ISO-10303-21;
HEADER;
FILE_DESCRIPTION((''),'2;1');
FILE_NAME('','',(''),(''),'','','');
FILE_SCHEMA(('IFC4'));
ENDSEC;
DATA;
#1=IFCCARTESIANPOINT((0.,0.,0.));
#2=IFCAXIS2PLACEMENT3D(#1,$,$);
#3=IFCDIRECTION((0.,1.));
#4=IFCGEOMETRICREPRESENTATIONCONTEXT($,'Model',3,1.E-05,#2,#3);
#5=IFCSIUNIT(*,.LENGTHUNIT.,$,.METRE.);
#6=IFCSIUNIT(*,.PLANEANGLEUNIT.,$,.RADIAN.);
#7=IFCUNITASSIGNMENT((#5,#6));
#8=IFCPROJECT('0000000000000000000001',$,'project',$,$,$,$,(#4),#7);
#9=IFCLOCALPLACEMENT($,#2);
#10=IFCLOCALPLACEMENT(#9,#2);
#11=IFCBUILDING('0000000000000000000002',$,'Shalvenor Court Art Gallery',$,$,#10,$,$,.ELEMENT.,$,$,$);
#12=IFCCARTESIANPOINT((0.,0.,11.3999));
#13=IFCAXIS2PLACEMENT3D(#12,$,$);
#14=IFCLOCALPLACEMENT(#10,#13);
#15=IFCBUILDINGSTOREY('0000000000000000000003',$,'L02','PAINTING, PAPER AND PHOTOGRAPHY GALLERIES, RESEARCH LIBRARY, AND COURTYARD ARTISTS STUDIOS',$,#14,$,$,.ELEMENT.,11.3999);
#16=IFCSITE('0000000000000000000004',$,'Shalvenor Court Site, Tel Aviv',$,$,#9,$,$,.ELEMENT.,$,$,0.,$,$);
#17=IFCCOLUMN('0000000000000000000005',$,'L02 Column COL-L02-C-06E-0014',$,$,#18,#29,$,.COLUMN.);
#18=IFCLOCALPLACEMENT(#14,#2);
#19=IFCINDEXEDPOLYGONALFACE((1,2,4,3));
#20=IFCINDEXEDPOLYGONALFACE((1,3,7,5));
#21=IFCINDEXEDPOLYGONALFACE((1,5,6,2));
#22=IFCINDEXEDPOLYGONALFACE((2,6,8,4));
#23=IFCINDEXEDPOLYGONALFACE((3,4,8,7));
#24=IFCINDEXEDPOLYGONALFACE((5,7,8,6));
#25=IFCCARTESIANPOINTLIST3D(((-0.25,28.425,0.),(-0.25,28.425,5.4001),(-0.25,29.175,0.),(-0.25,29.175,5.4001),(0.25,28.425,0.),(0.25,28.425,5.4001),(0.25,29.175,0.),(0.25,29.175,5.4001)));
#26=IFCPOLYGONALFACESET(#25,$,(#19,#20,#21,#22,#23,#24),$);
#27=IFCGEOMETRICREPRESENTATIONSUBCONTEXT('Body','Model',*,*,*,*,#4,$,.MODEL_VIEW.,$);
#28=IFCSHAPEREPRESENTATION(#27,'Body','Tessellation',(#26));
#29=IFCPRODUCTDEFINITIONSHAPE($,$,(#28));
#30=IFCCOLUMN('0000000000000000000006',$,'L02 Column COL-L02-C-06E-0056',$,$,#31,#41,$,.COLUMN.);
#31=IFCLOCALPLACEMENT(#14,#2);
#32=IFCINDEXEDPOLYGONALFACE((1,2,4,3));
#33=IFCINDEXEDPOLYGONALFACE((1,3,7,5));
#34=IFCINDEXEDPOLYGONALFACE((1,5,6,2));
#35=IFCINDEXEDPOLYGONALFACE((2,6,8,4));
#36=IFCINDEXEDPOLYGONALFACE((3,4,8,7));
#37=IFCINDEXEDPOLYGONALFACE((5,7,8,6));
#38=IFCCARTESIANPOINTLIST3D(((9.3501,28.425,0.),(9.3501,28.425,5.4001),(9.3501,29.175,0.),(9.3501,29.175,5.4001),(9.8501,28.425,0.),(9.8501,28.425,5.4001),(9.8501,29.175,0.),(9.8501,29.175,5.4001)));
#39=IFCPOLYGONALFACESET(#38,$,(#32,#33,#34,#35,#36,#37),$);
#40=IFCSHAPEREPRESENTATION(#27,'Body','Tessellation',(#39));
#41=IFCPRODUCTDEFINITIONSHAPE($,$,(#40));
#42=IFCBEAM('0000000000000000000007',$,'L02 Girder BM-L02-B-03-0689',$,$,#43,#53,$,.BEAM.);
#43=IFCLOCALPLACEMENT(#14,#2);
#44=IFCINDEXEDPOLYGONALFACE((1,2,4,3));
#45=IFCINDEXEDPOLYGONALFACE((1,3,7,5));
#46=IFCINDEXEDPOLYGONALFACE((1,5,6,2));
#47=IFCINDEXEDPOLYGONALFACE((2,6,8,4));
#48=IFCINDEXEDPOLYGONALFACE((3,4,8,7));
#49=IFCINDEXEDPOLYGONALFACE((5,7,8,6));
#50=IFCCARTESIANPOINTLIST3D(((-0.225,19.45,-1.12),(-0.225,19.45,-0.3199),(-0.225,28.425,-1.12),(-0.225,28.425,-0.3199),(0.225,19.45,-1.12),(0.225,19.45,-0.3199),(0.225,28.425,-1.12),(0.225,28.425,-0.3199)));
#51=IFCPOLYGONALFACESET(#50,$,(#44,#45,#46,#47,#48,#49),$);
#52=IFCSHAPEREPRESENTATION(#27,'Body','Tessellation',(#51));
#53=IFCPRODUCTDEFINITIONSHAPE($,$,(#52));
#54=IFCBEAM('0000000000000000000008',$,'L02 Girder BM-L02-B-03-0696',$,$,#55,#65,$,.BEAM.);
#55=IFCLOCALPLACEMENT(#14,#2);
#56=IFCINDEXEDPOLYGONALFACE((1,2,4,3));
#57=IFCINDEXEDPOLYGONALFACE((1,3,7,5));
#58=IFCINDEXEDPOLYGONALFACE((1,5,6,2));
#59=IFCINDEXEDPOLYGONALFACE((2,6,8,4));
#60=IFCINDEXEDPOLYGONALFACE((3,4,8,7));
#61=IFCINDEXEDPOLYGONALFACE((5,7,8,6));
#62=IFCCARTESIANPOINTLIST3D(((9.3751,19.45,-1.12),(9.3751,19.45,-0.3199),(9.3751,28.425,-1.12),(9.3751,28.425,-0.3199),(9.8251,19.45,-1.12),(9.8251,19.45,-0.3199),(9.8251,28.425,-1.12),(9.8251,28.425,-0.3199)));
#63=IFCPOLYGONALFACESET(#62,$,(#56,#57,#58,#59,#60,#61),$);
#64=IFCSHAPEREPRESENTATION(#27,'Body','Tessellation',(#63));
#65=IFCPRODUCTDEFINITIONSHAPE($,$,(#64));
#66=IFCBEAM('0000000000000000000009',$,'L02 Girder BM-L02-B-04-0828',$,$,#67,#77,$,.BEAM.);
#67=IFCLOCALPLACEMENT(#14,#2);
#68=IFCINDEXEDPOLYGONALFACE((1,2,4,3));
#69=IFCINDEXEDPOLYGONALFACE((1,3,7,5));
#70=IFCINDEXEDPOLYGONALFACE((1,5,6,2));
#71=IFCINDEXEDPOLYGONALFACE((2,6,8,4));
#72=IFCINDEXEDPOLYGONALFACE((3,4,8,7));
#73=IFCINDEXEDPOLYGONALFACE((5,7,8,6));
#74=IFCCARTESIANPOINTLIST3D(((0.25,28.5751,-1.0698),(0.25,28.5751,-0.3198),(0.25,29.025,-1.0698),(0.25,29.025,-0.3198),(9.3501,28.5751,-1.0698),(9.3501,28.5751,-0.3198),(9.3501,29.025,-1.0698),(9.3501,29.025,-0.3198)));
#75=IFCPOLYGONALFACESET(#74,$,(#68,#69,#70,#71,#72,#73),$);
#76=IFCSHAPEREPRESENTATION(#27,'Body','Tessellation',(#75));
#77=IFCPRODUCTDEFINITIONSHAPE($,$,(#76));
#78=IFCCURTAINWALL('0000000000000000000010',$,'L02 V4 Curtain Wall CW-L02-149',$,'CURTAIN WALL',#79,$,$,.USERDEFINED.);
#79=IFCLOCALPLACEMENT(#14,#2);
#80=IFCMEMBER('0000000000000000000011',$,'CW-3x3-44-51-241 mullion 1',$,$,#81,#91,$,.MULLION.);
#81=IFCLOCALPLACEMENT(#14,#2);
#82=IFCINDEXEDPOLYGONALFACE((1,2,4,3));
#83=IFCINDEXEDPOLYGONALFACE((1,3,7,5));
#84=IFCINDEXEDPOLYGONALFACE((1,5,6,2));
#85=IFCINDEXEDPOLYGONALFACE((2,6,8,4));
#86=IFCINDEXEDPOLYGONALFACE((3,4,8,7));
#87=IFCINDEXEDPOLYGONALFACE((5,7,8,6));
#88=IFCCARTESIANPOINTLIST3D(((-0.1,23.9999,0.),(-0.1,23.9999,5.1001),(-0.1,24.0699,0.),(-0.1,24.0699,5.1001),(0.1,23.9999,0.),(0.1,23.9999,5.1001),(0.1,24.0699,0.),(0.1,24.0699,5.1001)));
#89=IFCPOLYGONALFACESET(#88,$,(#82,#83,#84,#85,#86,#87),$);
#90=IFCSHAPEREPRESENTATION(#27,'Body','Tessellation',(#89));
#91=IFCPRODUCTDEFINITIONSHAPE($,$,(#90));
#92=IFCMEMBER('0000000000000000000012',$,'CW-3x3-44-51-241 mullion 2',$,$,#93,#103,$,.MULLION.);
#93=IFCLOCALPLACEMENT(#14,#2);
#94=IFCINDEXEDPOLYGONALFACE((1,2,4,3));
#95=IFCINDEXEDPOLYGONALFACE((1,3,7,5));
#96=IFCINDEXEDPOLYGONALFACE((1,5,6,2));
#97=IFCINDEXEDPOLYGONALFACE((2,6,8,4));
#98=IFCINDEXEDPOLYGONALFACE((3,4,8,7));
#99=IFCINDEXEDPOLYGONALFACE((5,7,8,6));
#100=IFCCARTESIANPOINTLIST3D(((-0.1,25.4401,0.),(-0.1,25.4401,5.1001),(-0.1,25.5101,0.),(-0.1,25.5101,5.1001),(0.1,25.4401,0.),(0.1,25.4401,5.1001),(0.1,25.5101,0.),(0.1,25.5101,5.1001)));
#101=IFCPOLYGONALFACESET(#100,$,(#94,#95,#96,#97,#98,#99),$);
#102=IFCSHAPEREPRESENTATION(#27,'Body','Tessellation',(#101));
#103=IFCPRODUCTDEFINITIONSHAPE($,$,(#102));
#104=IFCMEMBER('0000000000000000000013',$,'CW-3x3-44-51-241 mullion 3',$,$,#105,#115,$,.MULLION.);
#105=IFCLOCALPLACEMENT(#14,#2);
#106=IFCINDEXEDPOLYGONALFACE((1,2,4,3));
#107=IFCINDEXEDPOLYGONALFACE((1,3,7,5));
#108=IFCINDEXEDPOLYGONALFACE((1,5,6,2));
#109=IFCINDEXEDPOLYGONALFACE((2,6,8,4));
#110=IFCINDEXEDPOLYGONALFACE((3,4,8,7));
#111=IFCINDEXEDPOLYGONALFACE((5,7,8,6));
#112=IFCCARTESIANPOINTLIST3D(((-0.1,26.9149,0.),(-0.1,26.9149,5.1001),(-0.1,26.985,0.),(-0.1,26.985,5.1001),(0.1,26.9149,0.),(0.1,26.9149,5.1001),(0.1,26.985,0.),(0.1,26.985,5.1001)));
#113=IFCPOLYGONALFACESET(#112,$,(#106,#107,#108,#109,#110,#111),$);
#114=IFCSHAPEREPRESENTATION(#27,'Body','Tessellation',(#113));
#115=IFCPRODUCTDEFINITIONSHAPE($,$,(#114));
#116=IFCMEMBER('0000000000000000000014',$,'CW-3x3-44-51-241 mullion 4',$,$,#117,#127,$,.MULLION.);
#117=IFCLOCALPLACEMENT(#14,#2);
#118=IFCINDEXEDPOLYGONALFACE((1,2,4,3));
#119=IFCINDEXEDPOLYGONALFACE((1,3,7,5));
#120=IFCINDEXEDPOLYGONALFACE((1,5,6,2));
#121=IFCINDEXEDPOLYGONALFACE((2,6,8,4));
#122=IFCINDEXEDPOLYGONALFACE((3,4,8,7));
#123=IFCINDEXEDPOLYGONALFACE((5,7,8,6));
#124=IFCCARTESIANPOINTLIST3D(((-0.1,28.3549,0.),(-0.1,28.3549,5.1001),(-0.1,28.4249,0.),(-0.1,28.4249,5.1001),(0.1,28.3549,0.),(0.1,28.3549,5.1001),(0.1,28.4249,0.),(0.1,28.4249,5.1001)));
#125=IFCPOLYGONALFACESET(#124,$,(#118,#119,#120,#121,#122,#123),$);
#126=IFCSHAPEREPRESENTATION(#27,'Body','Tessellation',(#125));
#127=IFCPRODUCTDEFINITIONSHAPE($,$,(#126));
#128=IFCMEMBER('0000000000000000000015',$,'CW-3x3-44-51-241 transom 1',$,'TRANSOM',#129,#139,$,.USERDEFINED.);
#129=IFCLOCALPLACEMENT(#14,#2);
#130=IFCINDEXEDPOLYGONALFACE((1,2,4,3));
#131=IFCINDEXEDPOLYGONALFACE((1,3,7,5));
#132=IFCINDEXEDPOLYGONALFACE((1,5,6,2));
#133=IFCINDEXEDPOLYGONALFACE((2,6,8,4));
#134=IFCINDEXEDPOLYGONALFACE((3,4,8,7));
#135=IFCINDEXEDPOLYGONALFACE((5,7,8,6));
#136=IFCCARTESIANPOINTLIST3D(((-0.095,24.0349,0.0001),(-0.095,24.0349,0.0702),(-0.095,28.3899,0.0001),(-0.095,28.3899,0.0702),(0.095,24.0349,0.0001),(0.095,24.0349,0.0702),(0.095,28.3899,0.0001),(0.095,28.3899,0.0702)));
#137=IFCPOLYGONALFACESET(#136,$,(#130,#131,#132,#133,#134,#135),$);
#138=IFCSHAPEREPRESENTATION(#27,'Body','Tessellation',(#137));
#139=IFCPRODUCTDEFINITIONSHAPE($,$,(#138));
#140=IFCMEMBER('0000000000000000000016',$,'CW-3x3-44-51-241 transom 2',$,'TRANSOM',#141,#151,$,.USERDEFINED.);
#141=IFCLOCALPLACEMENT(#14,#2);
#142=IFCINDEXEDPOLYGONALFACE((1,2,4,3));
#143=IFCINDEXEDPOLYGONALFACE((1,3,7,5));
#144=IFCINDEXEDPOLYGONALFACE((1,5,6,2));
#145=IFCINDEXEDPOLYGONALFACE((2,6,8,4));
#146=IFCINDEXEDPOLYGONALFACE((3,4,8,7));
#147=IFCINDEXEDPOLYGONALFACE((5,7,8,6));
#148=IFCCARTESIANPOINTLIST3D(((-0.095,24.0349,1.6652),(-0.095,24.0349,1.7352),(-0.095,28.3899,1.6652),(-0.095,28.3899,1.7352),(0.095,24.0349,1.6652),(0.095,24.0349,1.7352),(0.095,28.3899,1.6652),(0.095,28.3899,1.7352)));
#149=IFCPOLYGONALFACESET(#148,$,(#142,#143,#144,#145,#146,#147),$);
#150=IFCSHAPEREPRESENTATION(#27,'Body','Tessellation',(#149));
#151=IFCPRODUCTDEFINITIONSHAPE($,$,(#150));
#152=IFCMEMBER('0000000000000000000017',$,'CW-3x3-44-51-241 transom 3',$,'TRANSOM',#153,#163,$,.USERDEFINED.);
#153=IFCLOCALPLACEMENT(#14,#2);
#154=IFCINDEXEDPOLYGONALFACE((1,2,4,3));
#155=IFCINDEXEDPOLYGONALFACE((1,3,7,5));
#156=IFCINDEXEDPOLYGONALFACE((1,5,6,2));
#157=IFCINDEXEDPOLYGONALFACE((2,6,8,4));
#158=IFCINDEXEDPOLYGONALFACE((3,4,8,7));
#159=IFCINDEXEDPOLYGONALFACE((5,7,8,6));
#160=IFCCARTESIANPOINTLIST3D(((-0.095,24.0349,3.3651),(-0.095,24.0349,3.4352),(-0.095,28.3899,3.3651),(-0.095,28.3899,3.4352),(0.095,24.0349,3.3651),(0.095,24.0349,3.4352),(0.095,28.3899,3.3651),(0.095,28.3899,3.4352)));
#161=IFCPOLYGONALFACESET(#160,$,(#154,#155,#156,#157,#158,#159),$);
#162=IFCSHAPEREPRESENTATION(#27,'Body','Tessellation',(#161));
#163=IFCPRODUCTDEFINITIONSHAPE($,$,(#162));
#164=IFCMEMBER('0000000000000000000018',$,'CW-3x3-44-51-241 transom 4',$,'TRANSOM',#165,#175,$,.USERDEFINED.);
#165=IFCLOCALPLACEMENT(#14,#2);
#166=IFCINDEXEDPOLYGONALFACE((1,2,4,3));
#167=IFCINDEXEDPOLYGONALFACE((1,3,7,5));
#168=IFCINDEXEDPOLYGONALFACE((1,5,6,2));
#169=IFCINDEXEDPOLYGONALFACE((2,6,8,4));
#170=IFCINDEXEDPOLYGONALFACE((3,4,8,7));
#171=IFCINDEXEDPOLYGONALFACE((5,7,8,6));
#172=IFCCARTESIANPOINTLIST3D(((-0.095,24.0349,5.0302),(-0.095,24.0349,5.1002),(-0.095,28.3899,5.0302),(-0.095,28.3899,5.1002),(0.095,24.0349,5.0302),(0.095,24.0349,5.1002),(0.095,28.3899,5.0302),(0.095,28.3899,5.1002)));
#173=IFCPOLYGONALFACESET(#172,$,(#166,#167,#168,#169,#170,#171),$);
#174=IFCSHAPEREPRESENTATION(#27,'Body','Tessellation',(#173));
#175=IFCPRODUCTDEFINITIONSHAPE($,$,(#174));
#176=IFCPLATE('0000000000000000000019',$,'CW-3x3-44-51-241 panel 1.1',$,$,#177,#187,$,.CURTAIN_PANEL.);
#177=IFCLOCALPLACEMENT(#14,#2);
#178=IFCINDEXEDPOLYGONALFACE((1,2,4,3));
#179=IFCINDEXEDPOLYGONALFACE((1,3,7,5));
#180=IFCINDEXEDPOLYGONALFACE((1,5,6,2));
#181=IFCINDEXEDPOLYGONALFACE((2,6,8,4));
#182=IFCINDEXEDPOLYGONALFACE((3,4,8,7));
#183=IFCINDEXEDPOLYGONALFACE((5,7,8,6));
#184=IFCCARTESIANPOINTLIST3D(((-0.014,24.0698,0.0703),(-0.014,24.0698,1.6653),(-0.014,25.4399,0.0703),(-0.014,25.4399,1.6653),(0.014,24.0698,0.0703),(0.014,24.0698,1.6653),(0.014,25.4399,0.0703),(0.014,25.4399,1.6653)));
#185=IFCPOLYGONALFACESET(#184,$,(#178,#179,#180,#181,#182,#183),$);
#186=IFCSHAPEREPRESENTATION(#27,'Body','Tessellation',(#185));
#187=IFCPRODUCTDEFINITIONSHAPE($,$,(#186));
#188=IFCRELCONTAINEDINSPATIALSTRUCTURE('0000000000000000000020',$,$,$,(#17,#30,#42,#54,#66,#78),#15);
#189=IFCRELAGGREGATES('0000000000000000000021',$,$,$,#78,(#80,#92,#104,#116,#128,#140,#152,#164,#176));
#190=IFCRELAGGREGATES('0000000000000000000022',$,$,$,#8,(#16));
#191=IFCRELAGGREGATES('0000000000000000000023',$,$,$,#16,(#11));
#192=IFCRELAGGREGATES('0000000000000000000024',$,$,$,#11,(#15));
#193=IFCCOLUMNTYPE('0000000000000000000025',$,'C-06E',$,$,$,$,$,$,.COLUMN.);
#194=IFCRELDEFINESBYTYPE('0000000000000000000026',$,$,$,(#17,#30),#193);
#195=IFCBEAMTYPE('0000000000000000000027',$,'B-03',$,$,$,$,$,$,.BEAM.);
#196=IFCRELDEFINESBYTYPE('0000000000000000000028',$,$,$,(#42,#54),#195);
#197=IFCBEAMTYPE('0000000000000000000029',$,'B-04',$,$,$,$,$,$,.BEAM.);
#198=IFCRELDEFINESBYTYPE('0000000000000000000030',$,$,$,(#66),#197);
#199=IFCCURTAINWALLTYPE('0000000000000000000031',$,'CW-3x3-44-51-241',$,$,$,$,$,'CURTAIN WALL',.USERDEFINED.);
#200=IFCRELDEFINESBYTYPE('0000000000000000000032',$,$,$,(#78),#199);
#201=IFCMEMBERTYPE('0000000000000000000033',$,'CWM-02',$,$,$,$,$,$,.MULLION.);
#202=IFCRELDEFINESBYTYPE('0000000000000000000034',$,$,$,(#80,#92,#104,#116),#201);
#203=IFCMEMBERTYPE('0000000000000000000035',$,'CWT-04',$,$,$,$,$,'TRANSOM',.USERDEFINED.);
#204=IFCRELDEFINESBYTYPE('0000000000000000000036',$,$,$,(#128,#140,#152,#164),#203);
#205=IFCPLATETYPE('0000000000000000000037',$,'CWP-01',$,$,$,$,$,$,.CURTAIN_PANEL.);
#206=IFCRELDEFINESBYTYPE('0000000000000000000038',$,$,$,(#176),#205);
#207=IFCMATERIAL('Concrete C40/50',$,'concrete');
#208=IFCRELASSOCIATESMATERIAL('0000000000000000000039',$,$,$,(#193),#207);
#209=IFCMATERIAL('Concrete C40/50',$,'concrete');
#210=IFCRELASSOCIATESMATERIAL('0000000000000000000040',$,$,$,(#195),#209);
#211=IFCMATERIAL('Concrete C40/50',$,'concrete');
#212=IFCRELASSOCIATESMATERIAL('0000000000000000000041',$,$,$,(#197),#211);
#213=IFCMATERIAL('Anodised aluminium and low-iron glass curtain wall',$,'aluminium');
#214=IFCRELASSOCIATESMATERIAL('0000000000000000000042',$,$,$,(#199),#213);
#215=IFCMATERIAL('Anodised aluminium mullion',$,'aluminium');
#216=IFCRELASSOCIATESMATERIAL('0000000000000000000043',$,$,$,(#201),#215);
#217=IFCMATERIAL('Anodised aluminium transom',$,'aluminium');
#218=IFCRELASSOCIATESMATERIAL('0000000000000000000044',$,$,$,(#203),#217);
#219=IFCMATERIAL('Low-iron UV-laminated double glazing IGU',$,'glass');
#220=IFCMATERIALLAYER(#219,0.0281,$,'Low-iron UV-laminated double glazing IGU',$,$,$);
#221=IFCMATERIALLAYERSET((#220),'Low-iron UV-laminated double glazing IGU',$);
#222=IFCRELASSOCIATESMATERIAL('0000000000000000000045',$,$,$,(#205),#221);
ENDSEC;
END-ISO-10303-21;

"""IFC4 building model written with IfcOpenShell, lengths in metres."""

from ifc_helpers import new_model, si_unit, direction, frame, origin, origin_2d, place, context, subcontext, project, spatial, rectangle, extrude, material, layer, layer_set, material_profile, profile_set, type_object, element, aggregate, save


model = new_model("IFC4")

# Units and contexts
model_context = context("Model", 3, precision=1e-05, world=origin(), true_north=direction((0.0, 1.0)))
body_context = subcontext(model_context, "Body", "Model", "MODEL_VIEW")
ifc_project = project(units=[si_unit("LENGTHUNIT", "METRE"), si_unit("PLANEANGLEUNIT", "RADIAN")], contexts=[model_context])

# Site, building, storey
site_placement = place(None, origin())
site = spatial("IfcSite", under=ifc_project, at=site_placement, Name="Shalvenor Court Site, Tel Aviv", CompositionType="ELEMENT", RefElevation=0.0)
building_placement = place(site_placement, origin())
building = spatial("IfcBuilding", under=site, at=building_placement, Name="Shalvenor Court Art Gallery", CompositionType="ELEMENT")
storey_placement = place(building_placement, frame((0.0, 0.0, 11.3999)))
storey = spatial("IfcBuildingStorey", under=building, at=storey_placement, Name="L02", Description="PAINTING, PAPER AND PHOTOGRAPHY GALLERIES, RESEARCH LIBRARY, AND COURTYARD ARTISTS STUDIOS", CompositionType="ELEMENT", Elevation=11.3999)

# Columns
ifc_material_1 = material(Name="Concrete C40/50", Category="concrete")
ifc_material_profile_1 = material_profile(ifc_material_1, rectangle(XDim=0.5, YDim=0.75, at=origin_2d()), Name="RC 500x750")
ifc_profile_set_1 = profile_set([ifc_material_profile_1], Name="Concrete C40/50")
column_type = type_object("IfcColumnType", Name="C-06E", PredefinedType="COLUMN", material=ifc_profile_set_1)
for number, where, z_axis, x_axis, name in (
    (1, (0.0, 28.8, 0.0), (0.0, 0.0, 1.0), (1.0, 0.0, 0.0), "L02 Column COL-L02-C-06E-0014"),
    (2, (9.6001, 28.8, 0.0), (0.0, 0.0, 1.0), (1.0, 0.0, 0.0), "L02 Column COL-L02-C-06E-0056"),
):
    element("IfcColumn", number, at=place(storey_placement, frame(where, z_axis=z_axis, x_axis=x_axis)), inside=storey, type_object=column_type, Name=name, PredefinedType="COLUMN", context=body_context, shape_type="SweptSolid", body=[
        extrude(rectangle(XDim=0.5, YDim=0.75, at=origin_2d()), origin(), (0.0, 0.0, 1.0), 5.4001),
    ])

# Beams
ifc_material_2 = material(Name="Concrete C40/50", Category="concrete")
ifc_material_profile_2 = material_profile(ifc_material_2, rectangle(XDim=0.45, YDim=0.8, at=origin_2d()), Name="RC 450x800")
ifc_profile_set_2 = profile_set([ifc_material_profile_2], Name="Concrete C40/50")
beam_type_1 = type_object("IfcBeamType", Name="B-03", PredefinedType="BEAM", material=ifc_profile_set_2)
for number, where, z_axis, x_axis, name in (
    (3, (0.0, 19.45, -0.72), (0.0, 1.0, 0.0), (-1.0, 0.0, 0.0), "L02 Girder BM-L02-B-03-0689"),
    (4, (9.6001, 19.45, -0.72), (0.0, 1.0, 0.0), (-1.0, 0.0, 0.0), "L02 Girder BM-L02-B-03-0696"),
):
    element("IfcBeam", number, at=place(storey_placement, frame(where, z_axis=z_axis, x_axis=x_axis)), inside=storey, type_object=beam_type_1, Name=name, PredefinedType="BEAM", context=body_context, shape_type="SweptSolid", body=[
        extrude(rectangle(XDim=0.45, YDim=0.8, at=origin_2d()), origin(), (0.0, 0.0, 1.0), 8.9751),
    ])
ifc_material_3 = material(Name="Concrete C40/50", Category="concrete")
ifc_material_profile_3 = material_profile(ifc_material_3, rectangle(XDim=0.45, YDim=0.75, at=origin_2d()), Name="RC 450x750")
ifc_profile_set_3 = profile_set([ifc_material_profile_3], Name="Concrete C40/50")
beam_type_2 = type_object("IfcBeamType", Name="B-04", PredefinedType="BEAM", material=ifc_profile_set_3)
beam_placement = place(storey_placement, frame((0.25, 28.8, -0.6948), z_axis=(1.0, 0.0, 0.0), x_axis=(0.0, 1.0, 0.0)))
element("IfcBeam", 5, at=beam_placement, inside=storey, type_object=beam_type_2, Name="L02 Girder BM-L02-B-04-0828", PredefinedType="BEAM", context=body_context, shape_type="SweptSolid", body=[
    extrude(rectangle(XDim=0.45, YDim=0.75, at=origin_2d()), origin(), (0.0, 0.0, 1.0), 9.1001),
])

# Curtain wall, members, plate
ifc_material_4 = material(Name="Anodised aluminium and low-iron glass curtain wall", Category="aluminium")
curtain_wall_type = type_object("IfcCurtainWallType", Name="CW-3x3-44-51-241", ElementType="CURTAIN WALL", PredefinedType="USERDEFINED", material=ifc_material_4)
curtain_wall_placement = place(storey_placement, origin())
curtain_wall = element("IfcCurtainWall", 6, at=curtain_wall_placement, inside=storey, type_object=curtain_wall_type, Name="L02 V4 Curtain Wall CW-L02-149", ObjectType="CURTAIN WALL", PredefinedType="USERDEFINED")
ifc_material_5 = material(Name="Anodised aluminium mullion", Category="aluminium")
ifc_material_profile_4 = material_profile(ifc_material_5, rectangle(XDim=0.0701, YDim=0.2, at=origin_2d()), Name="CWM-02")
ifc_profile_set_4 = profile_set([ifc_material_profile_4], Name="Anodised aluminium mullion")
member_type_1 = type_object("IfcMemberType", Name="CWM-02", PredefinedType="MULLION", material=ifc_profile_set_4)
member_1_placement = place(storey_placement, frame((0.0, 24.0349, 0.0), z_axis=(0.0, 0.0, 1.0), x_axis=(0.0, 1.0, 0.0)))
member_1 = element("IfcMember", 7, at=member_1_placement, type_object=member_type_1, Name="CW-3x3-44-51-241 mullion 1", PredefinedType="MULLION", context=body_context, shape_type="SweptSolid", body=[
    extrude(rectangle(XDim=0.0701, YDim=0.2, at=origin_2d()), origin(), (0.0, 0.0, 1.0), 5.1001),
])
member_2_placement = place(storey_placement, frame((0.0, 25.4751, 0.0), z_axis=(0.0, 0.0, 1.0), x_axis=(0.0, 1.0, 0.0)))
member_2 = element("IfcMember", 8, at=member_2_placement, type_object=member_type_1, Name="CW-3x3-44-51-241 mullion 2", PredefinedType="MULLION", context=body_context, shape_type="SweptSolid", body=[
    extrude(rectangle(XDim=0.0701, YDim=0.2, at=origin_2d()), origin(), (0.0, 0.0, 1.0), 5.1001),
])
member_3_placement = place(storey_placement, frame((0.0, 26.95, 0.0), z_axis=(0.0, 0.0, 1.0), x_axis=(0.0, 1.0, 0.0)))
member_3 = element("IfcMember", 9, at=member_3_placement, type_object=member_type_1, Name="CW-3x3-44-51-241 mullion 3", PredefinedType="MULLION", context=body_context, shape_type="SweptSolid", body=[
    extrude(rectangle(XDim=0.0701, YDim=0.2, at=origin_2d()), origin(), (0.0, 0.0, 1.0), 5.1001),
])
member_4_placement = place(storey_placement, frame((0.0, 28.3899, 0.0), z_axis=(0.0, 0.0, 1.0), x_axis=(0.0, 1.0, 0.0)))
member_4 = element("IfcMember", 10, at=member_4_placement, type_object=member_type_1, Name="CW-3x3-44-51-241 mullion 4", PredefinedType="MULLION", context=body_context, shape_type="SweptSolid", body=[
    extrude(rectangle(XDim=0.0701, YDim=0.2, at=origin_2d()), origin(), (0.0, 0.0, 1.0), 5.1001),
])
ifc_material_6 = material(Name="Anodised aluminium transom", Category="aluminium")
ifc_material_profile_5 = material_profile(ifc_material_6, rectangle(XDim=0.1899, YDim=0.0701, at=origin_2d()), Name="CWT-04")
ifc_profile_set_5 = profile_set([ifc_material_profile_5], Name="Anodised aluminium transom")
member_type_2 = type_object("IfcMemberType", Name="CWT-04", ElementType="TRANSOM", PredefinedType="USERDEFINED", material=ifc_profile_set_5)
member_5_placement = place(storey_placement, frame((0.0, 24.0349, 0.0352), z_axis=(0.0, 1.0, 0.0), x_axis=(-1.0, 0.0, 0.0)))
member_5 = element("IfcMember", 11, at=member_5_placement, type_object=member_type_2, Name="CW-3x3-44-51-241 transom 1", ObjectType="TRANSOM", PredefinedType="USERDEFINED", context=body_context, shape_type="SweptSolid", body=[
    extrude(rectangle(XDim=0.1899, YDim=0.0701, at=origin_2d()), origin(), (0.0, 0.0, 1.0), 4.355),
])
member_6_placement = place(storey_placement, frame((0.0, 24.0349, 1.7002), z_axis=(0.0, 1.0, 0.0), x_axis=(-1.0, 0.0, 0.0)))
member_6 = element("IfcMember", 12, at=member_6_placement, type_object=member_type_2, Name="CW-3x3-44-51-241 transom 2", ObjectType="TRANSOM", PredefinedType="USERDEFINED", context=body_context, shape_type="SweptSolid", body=[
    extrude(rectangle(XDim=0.1899, YDim=0.0701, at=origin_2d()), origin(), (0.0, 0.0, 1.0), 4.355),
])
member_7_placement = place(storey_placement, frame((0.0, 24.0349, 3.4001), z_axis=(0.0, 1.0, 0.0), x_axis=(-1.0, 0.0, 0.0)))
member_7 = element("IfcMember", 13, at=member_7_placement, type_object=member_type_2, Name="CW-3x3-44-51-241 transom 3", ObjectType="TRANSOM", PredefinedType="USERDEFINED", context=body_context, shape_type="SweptSolid", body=[
    extrude(rectangle(XDim=0.1899, YDim=0.0701, at=origin_2d()), origin(), (0.0, 0.0, 1.0), 4.355),
])
member_8_placement = place(storey_placement, frame((0.0, 24.0349, 5.0652), z_axis=(0.0, 1.0, 0.0), x_axis=(-1.0, 0.0, 0.0)))
member_8 = element("IfcMember", 14, at=member_8_placement, type_object=member_type_2, Name="CW-3x3-44-51-241 transom 4", ObjectType="TRANSOM", PredefinedType="USERDEFINED", context=body_context, shape_type="SweptSolid", body=[
    extrude(rectangle(XDim=0.1899, YDim=0.0701, at=origin_2d()), origin(), (0.0, 0.0, 1.0), 4.355),
])
ifc_material_7 = material(Name="Low-iron UV-laminated double glazing IGU", Category="glass")
ifc_layer_1 = layer(ifc_material_7, 0.0281, Name="Low-iron UV-laminated double glazing IGU")
ifc_layer_set_1 = layer_set([ifc_layer_1], Name="Low-iron UV-laminated double glazing IGU")
plate_type_1 = type_object("IfcPlateType", Name="CWP-01", PredefinedType="CURTAIN_PANEL", material=ifc_layer_set_1)
plate_1_placement = place(storey_placement, frame((0.0, 24.7549, 0.0703), z_axis=(0.0, 0.0, 1.0), x_axis=(0.0, 1.0, 0.0)))
plate_1 = element("IfcPlate", 15, at=plate_1_placement, type_object=plate_type_1, Name="CW-3x3-44-51-241 panel 1.1", PredefinedType="CURTAIN_PANEL", context=body_context, shape_type="SweptSolid", body=[
    extrude(rectangle(XDim=1.3701, YDim=0.0281, at=origin_2d()), origin(), (0.0, 0.0, 1.0), 1.595),
])
aggregate(curtain_wall, [member_1, member_2, member_3, member_4, member_5, member_6, member_7, member_8, plate_1])

save(model, "model.ifc")
